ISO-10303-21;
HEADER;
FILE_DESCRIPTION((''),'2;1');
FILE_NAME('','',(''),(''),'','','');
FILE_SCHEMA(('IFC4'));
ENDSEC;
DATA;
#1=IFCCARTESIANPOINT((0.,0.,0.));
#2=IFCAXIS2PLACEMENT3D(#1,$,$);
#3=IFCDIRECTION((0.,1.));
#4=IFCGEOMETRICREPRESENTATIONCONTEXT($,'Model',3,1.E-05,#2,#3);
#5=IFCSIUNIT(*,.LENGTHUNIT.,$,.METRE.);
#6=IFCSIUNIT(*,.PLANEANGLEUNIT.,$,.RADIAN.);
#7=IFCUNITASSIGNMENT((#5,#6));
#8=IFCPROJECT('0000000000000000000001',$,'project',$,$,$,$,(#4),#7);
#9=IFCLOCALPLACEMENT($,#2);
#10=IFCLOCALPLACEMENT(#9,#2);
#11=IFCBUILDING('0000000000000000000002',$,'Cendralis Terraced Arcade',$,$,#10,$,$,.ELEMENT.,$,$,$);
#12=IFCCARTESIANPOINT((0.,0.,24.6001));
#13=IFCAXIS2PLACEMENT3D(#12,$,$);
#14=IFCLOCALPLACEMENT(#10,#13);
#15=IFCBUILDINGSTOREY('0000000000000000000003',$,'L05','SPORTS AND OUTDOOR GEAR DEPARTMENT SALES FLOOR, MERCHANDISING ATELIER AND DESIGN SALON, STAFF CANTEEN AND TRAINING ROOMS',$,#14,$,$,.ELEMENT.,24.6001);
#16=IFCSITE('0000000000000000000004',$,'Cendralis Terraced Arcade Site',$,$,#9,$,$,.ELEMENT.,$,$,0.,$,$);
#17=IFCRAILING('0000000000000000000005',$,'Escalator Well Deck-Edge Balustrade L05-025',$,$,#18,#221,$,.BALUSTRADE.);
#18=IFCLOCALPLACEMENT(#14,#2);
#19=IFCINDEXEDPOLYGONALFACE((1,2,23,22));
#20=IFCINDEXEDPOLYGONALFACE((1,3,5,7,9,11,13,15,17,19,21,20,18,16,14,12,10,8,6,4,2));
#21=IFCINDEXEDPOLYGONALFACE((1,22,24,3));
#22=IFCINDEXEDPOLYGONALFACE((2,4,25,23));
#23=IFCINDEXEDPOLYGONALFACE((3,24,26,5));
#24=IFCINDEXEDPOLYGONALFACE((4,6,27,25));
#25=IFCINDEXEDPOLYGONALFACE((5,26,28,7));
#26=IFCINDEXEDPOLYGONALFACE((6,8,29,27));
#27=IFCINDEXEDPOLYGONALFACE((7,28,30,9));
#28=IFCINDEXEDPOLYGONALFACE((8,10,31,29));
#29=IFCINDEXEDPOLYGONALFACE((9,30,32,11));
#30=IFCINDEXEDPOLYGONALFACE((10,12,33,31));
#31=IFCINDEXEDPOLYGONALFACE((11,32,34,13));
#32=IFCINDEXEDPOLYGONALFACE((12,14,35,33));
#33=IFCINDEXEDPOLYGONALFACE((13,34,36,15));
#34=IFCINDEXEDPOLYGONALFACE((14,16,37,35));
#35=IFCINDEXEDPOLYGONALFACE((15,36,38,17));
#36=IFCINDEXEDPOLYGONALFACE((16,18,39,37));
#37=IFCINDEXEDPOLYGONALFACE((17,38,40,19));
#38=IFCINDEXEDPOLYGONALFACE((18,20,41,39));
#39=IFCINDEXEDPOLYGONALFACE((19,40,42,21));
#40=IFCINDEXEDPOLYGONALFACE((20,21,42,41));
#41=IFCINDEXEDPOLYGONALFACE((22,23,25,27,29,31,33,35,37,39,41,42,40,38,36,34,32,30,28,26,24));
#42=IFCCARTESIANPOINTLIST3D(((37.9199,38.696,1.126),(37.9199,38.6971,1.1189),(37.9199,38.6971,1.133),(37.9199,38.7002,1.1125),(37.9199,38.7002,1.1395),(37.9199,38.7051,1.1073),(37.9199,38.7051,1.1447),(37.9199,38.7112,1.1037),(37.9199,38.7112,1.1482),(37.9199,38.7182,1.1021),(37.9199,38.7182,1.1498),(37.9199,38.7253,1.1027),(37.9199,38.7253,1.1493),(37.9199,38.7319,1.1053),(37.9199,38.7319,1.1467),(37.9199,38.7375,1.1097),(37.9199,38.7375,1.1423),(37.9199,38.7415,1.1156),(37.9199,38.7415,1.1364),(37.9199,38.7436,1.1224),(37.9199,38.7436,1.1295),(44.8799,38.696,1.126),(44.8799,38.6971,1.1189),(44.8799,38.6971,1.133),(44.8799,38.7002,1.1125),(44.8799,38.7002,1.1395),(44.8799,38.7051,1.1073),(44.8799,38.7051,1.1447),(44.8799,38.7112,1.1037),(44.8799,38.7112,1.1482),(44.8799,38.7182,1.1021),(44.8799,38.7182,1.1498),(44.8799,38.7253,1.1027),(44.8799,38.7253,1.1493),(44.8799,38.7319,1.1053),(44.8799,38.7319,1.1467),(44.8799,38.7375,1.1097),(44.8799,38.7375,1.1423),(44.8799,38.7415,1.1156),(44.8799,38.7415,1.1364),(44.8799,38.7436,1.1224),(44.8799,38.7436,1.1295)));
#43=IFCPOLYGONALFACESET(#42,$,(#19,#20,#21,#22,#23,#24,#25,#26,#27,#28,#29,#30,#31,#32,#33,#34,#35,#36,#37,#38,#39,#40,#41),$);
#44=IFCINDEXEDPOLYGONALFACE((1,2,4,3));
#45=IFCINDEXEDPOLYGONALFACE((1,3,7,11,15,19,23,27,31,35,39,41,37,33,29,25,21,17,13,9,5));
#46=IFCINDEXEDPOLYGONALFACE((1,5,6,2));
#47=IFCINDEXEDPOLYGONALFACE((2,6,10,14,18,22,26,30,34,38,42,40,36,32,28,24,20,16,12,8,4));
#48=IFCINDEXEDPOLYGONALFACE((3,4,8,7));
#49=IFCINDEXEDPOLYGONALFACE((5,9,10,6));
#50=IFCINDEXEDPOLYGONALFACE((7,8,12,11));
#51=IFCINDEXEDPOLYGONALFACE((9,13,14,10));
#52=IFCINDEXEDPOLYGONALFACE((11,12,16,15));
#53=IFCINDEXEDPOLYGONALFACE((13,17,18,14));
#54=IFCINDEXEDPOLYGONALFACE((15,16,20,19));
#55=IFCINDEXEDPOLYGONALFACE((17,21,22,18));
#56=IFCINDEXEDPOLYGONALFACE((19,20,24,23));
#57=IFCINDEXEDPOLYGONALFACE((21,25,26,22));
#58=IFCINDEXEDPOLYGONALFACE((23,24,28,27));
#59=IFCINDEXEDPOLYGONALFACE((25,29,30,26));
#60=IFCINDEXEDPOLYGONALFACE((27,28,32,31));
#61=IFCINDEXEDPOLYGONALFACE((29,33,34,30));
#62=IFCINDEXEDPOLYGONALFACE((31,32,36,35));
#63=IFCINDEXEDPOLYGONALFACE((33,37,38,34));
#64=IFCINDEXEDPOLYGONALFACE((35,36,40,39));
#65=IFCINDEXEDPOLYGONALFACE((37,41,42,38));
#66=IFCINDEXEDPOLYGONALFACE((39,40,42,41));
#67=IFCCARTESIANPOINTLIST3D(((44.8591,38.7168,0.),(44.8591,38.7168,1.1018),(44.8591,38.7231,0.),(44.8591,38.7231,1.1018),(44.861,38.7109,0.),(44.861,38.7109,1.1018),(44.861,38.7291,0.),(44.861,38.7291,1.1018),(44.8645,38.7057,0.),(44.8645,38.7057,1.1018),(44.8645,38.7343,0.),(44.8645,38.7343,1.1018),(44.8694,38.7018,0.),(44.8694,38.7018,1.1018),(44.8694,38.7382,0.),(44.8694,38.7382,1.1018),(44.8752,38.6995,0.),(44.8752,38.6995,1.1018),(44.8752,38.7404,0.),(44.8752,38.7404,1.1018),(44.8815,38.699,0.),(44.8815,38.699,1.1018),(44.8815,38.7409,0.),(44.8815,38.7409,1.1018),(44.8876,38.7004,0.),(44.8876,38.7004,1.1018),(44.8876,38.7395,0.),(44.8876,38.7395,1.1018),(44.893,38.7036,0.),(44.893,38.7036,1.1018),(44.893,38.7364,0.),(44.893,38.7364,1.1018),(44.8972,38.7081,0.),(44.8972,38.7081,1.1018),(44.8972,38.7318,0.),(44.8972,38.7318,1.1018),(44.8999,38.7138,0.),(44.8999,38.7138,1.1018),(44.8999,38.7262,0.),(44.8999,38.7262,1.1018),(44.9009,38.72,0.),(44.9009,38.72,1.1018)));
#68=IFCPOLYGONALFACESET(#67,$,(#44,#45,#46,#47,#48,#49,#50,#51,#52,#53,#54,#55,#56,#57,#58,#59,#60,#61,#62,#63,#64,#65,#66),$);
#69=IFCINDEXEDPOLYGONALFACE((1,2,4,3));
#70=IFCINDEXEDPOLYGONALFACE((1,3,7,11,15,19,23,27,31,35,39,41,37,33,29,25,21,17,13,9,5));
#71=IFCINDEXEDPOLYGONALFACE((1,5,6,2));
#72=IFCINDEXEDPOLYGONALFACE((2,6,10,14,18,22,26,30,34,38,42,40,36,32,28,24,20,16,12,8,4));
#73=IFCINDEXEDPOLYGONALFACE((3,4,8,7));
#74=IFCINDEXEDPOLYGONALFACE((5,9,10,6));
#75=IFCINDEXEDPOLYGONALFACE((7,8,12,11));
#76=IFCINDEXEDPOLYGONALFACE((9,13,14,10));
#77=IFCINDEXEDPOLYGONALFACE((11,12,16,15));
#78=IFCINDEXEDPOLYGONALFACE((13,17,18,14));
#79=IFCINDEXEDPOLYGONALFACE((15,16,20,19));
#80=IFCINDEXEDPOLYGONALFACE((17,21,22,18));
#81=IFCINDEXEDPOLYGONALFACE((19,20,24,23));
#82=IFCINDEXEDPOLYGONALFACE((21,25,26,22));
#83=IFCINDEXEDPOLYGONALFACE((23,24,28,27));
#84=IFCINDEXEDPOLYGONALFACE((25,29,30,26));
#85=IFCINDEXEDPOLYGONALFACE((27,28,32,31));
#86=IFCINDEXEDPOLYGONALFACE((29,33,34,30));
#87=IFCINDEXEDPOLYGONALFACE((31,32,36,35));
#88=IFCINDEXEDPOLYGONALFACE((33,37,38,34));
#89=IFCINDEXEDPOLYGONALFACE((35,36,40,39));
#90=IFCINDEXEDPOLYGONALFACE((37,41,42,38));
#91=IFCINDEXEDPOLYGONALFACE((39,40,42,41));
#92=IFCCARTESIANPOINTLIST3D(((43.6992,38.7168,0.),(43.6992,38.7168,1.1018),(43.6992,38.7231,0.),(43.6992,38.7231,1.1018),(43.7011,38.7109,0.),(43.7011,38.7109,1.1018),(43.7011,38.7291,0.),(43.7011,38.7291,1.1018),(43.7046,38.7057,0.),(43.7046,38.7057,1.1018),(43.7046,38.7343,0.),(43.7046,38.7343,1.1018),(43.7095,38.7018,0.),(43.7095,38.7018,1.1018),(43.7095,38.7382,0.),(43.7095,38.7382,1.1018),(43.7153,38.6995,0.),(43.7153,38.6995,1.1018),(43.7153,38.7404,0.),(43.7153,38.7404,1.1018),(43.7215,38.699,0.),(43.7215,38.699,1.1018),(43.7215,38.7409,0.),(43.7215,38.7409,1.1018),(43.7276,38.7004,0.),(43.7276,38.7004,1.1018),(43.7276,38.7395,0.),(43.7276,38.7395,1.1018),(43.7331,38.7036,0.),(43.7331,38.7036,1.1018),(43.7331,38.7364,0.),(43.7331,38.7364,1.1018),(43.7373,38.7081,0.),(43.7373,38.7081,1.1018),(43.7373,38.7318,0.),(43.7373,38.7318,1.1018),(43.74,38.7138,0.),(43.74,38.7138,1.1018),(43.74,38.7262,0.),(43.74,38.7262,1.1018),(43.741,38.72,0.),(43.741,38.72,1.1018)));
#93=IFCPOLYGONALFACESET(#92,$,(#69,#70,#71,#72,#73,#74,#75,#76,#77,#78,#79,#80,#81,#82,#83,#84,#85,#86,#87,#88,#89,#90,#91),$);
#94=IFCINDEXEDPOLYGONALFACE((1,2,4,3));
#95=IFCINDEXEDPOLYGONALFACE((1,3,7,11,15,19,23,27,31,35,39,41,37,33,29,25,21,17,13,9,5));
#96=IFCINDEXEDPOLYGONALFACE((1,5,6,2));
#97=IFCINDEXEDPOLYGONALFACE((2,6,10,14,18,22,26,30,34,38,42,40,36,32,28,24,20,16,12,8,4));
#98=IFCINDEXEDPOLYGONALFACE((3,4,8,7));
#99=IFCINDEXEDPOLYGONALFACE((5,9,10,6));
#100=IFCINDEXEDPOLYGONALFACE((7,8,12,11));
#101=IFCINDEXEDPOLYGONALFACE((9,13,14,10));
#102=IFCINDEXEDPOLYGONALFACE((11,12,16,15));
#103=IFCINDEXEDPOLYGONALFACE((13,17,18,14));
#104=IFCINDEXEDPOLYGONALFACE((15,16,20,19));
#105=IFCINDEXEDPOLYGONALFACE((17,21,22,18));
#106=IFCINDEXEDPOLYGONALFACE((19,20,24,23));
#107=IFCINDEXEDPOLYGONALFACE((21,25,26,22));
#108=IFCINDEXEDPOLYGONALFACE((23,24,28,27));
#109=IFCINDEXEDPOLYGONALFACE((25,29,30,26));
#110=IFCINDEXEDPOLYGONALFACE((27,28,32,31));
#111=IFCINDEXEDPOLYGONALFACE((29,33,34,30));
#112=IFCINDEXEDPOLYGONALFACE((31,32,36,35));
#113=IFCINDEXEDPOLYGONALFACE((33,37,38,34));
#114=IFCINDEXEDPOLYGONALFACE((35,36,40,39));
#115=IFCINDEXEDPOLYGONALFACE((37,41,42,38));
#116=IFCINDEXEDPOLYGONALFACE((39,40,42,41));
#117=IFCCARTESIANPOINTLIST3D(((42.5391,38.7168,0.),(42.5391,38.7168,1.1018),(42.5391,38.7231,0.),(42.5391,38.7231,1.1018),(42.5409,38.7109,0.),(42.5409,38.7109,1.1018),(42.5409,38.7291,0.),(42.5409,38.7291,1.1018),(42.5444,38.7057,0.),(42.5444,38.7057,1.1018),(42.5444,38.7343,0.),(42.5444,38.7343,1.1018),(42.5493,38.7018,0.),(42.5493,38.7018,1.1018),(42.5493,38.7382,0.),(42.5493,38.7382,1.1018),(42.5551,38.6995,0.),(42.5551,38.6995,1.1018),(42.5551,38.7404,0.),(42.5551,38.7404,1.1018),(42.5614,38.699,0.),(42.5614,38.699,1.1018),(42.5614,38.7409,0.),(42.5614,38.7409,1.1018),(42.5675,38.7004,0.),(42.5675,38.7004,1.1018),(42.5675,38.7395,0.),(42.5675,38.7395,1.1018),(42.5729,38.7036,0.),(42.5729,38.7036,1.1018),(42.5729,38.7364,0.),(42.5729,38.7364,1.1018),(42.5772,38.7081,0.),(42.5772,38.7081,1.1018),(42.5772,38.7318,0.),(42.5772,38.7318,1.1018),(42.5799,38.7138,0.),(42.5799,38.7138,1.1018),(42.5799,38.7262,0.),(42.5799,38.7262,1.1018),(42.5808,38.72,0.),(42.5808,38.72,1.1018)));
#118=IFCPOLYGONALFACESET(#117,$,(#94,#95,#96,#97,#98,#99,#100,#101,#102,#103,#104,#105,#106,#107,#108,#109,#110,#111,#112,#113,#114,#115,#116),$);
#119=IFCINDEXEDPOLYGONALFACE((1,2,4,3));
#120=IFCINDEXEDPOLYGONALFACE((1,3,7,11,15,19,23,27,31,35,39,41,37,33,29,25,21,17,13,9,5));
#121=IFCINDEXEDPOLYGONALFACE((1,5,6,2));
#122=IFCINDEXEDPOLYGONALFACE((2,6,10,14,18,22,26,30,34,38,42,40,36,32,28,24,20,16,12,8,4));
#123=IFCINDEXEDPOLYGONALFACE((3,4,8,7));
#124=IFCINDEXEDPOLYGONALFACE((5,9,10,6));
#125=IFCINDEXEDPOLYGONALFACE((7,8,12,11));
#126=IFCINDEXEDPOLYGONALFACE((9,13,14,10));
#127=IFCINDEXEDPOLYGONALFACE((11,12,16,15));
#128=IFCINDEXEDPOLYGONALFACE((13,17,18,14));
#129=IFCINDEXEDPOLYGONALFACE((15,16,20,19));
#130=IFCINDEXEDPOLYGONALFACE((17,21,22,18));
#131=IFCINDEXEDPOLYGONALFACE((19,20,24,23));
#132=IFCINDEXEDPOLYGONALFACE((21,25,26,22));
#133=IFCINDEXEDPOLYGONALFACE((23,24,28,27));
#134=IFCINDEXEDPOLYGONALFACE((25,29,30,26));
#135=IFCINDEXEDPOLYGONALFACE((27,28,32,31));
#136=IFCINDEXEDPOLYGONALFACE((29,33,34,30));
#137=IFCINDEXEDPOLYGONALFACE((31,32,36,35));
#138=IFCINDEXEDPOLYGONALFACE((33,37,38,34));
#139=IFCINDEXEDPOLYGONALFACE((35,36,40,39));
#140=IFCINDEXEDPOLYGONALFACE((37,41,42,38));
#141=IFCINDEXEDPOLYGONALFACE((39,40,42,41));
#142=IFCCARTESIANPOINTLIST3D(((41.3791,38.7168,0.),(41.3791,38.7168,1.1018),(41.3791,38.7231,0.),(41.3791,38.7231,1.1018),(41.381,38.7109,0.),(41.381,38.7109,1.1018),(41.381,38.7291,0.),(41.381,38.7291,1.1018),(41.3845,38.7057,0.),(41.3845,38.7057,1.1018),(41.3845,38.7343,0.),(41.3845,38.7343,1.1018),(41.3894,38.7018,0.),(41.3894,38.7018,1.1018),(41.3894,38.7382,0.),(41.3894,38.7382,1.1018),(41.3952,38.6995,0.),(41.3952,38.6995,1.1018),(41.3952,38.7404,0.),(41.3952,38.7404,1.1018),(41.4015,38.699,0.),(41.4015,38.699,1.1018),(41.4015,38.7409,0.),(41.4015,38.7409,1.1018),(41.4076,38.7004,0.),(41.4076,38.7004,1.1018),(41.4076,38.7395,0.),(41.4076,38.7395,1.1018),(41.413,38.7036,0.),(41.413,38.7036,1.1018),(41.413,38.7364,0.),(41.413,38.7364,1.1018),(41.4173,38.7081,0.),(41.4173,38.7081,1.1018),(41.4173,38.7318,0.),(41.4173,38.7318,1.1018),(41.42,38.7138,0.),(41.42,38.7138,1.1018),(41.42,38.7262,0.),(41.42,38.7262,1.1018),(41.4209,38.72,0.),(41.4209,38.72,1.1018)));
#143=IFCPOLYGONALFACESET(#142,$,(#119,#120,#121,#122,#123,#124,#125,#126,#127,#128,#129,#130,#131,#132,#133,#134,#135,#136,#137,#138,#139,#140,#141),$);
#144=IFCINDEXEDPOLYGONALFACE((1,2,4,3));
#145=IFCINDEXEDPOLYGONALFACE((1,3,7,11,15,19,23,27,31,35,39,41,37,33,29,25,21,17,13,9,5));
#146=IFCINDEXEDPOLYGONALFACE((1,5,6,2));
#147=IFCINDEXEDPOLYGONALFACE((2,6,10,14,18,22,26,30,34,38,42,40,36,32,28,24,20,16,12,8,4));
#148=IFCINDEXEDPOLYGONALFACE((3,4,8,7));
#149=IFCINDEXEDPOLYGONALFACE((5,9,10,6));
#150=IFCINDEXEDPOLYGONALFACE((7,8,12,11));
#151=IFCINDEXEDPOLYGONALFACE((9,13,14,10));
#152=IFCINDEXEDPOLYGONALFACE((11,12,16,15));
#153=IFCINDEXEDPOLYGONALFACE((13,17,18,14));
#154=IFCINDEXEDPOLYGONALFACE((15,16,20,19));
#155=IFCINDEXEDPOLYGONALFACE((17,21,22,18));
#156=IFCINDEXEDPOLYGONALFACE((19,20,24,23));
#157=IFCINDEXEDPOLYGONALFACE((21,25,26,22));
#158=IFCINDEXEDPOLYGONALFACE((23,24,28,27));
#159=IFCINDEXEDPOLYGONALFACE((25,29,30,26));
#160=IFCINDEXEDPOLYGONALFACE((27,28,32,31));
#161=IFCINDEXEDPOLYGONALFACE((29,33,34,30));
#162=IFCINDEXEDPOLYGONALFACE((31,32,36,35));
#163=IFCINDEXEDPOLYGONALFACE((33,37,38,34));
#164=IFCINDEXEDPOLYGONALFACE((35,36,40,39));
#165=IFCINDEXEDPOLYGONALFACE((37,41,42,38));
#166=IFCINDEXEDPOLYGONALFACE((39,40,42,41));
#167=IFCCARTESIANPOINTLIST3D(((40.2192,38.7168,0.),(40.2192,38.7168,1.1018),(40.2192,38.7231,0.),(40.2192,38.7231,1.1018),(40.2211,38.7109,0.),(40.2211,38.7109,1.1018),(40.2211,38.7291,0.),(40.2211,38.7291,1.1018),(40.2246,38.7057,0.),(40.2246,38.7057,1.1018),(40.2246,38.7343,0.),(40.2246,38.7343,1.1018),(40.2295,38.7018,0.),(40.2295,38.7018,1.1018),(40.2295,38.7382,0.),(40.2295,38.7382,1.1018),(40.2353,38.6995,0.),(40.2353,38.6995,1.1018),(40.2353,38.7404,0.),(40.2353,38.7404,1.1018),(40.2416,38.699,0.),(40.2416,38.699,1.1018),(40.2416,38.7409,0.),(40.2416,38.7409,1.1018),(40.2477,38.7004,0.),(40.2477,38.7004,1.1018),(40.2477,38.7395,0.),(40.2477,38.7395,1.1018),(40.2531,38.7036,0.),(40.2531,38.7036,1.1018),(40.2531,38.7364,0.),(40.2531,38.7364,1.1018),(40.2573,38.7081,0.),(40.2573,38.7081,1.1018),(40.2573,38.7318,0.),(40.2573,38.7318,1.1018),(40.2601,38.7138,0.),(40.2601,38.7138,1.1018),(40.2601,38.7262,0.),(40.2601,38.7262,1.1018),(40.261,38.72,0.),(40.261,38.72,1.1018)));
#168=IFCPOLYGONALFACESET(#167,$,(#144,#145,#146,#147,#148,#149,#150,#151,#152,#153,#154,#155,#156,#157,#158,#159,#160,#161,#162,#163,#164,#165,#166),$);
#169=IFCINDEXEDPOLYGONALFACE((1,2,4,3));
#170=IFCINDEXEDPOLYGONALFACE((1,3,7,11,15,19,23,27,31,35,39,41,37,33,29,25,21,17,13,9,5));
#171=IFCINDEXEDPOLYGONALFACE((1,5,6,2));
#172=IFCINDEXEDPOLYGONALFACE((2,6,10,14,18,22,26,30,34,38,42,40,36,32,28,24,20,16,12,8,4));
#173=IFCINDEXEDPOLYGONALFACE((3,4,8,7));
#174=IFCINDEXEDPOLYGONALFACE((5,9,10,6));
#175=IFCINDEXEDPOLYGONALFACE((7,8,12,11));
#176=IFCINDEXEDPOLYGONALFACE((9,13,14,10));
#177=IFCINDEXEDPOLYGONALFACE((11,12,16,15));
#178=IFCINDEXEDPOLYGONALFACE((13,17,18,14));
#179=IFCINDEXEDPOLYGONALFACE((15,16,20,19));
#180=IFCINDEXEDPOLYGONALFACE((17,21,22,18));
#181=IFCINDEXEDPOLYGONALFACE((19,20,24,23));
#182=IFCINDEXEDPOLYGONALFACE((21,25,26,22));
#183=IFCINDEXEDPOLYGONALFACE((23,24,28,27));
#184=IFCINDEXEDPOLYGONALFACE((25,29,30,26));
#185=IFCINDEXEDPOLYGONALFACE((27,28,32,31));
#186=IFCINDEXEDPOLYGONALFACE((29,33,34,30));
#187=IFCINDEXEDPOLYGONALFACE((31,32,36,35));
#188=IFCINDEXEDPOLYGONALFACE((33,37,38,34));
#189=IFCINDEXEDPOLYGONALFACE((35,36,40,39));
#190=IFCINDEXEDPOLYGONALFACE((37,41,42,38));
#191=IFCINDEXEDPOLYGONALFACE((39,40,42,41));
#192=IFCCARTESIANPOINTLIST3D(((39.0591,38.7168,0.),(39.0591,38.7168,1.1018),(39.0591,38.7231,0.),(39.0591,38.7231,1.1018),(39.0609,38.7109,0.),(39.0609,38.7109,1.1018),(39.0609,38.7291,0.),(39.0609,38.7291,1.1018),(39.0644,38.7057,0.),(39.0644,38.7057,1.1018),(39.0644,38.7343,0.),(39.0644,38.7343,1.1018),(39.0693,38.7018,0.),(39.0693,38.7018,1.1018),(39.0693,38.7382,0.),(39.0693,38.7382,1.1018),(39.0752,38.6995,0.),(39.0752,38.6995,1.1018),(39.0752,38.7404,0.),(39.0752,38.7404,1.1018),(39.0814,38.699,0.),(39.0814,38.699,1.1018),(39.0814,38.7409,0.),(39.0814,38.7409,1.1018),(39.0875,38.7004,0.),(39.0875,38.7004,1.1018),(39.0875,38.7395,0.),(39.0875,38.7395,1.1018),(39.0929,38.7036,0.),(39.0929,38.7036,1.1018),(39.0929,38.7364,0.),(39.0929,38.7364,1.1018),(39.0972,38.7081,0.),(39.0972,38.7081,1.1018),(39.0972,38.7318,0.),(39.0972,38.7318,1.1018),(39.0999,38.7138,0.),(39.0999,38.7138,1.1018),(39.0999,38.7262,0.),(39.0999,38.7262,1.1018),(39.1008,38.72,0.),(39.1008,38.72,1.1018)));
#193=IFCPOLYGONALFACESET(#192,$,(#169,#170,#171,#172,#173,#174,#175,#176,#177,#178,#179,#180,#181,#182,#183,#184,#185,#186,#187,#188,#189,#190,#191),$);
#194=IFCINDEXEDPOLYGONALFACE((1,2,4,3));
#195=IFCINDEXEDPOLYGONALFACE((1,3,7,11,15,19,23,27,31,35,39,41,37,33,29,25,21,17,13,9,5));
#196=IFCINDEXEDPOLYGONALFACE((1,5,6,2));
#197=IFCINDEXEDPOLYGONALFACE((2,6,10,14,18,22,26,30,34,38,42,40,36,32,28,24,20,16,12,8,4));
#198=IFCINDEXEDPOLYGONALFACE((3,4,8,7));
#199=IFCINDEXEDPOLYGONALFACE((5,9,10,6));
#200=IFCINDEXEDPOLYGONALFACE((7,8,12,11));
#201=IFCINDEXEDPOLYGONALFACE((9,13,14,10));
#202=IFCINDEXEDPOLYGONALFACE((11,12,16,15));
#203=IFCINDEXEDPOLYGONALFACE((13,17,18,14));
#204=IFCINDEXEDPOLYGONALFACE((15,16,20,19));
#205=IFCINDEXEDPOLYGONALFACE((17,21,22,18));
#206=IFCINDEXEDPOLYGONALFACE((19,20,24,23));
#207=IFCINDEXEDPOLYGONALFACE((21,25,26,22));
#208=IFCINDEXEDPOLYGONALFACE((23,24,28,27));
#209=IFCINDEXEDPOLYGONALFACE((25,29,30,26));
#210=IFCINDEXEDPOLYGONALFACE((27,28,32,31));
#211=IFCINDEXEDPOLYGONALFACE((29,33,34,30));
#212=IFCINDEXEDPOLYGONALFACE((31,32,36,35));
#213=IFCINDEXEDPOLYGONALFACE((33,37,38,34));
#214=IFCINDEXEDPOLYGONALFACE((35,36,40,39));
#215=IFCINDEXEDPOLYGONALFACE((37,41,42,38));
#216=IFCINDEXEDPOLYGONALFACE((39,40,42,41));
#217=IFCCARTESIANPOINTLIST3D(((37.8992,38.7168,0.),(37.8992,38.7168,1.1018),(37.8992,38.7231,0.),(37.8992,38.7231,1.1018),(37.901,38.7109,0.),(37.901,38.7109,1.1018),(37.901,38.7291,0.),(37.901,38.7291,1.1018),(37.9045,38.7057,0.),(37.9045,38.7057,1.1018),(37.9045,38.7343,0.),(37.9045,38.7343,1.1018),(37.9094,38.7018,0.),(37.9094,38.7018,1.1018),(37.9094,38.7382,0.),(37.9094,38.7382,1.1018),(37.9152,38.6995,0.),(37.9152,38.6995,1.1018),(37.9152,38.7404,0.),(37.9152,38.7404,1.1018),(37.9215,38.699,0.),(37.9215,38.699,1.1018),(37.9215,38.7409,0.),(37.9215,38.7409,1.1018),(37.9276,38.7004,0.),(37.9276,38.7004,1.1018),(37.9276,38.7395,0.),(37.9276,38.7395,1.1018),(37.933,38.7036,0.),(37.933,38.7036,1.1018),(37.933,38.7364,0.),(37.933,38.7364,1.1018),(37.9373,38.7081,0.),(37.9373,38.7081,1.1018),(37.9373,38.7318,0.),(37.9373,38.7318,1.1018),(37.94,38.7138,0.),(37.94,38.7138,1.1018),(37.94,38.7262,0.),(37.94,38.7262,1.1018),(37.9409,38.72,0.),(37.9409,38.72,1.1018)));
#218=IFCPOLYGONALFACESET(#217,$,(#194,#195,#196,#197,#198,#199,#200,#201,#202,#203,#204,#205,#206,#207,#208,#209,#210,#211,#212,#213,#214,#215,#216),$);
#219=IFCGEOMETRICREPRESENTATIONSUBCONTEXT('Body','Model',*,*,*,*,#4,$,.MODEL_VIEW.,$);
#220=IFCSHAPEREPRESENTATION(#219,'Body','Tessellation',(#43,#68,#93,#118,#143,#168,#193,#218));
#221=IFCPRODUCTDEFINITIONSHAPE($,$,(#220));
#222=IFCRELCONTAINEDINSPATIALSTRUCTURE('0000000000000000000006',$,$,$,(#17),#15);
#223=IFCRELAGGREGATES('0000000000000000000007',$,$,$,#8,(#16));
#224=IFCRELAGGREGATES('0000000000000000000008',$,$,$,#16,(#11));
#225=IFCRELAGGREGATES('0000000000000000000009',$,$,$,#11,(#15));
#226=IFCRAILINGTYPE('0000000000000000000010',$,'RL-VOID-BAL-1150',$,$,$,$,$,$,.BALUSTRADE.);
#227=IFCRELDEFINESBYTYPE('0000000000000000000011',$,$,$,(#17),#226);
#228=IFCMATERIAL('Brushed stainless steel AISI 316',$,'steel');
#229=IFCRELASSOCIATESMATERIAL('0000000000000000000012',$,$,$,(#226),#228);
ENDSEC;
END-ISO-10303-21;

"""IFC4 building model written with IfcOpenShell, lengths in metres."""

from ifc_helpers import new_model, si_unit, direction, frame, origin, origin_2d, place, context, subcontext, project, spatial, circle, extrude, material, type_object, element, save


model = new_model("IFC4")

# Units and contexts
model_context = context("Model", 3, precision=1e-05, world=origin(), true_north=direction((0.0, 1.0)))
body_context = subcontext(model_context, "Body", "Model", "MODEL_VIEW")
ifc_project = project(units=[si_unit("LENGTHUNIT", "METRE"), si_unit("PLANEANGLEUNIT", "RADIAN")], contexts=[model_context])

# Site, building, storey
site_placement = place(None, origin())
site = spatial("IfcSite", under=ifc_project, at=site_placement, Name="Cendralis Terraced Arcade Site", CompositionType="ELEMENT", RefElevation=0.0)
building_placement = place(site_placement, origin())
building = spatial("IfcBuilding", under=site, at=building_placement, Name="Cendralis Terraced Arcade", CompositionType="ELEMENT")
storey_placement = place(building_placement, frame((0.0, 0.0, 24.6001)))
storey = spatial("IfcBuildingStorey", under=building, at=storey_placement, Name="L05", Description="SPORTS AND OUTDOOR GEAR DEPARTMENT SALES FLOOR, MERCHANDISING ATELIER AND DESIGN SALON, STAFF CANTEEN AND TRAINING ROOMS", CompositionType="ELEMENT", Elevation=24.6001)

# Railing
ifc_material_1 = material(Name="Brushed stainless steel AISI 316", Category="steel")
railing_type_1 = type_object("IfcRailingType", Name="RL-VOID-BAL-1150", PredefinedType="BALUSTRADE", material=ifc_material_1)
railing_1_placement = place(storey_placement, frame((44.8799, 38.72, 0.0)))
element("IfcRailing", 1, at=railing_1_placement, inside=storey, type_object=railing_type_1, Name="Escalator Well Deck-Edge Balustrade L05-025", PredefinedType="BALUSTRADE", context=body_context, shape_type="SweptSolid", body=[
    extrude(circle(Radius=0.0239, at=origin_2d()), frame((0.0, 0.0, 1.126), z_axis=(-1.0, 0.0, 0.0), x_axis=(0.0, -1.0, 0.0)), (0.0, 0.0, 1.0), 6.96),
    extrude(circle(Radius=0.021, at=origin_2d()), origin(), (0.0, 0.0, 1.0), 1.1018),
    extrude(circle(Radius=0.021, at=origin_2d()), frame((-1.1599, 0.0, 0.0)), (0.0, 0.0, 1.0), 1.1018),
    extrude(circle(Radius=0.021, at=origin_2d()), frame((-2.3201, 0.0, 0.0)), (0.0, 0.0, 1.0), 1.1018),
    extrude(circle(Radius=0.021, at=origin_2d()), frame((-3.48, 0.0, 0.0)), (0.0, 0.0, 1.0), 1.1018),
    extrude(circle(Radius=0.021, at=origin_2d()), frame((-4.6399, 0.0, 0.0)), (0.0, 0.0, 1.0), 1.1018),
    extrude(circle(Radius=0.021, at=origin_2d()), frame((-5.8, 0.0, 0.0)), (0.0, 0.0, 1.0), 1.1018),
    extrude(circle(Radius=0.021, at=origin_2d()), frame((-6.96, 0.0, 0.0)), (0.0, 0.0, 1.0), 1.1018),
])

save(model, "model.ifc")
